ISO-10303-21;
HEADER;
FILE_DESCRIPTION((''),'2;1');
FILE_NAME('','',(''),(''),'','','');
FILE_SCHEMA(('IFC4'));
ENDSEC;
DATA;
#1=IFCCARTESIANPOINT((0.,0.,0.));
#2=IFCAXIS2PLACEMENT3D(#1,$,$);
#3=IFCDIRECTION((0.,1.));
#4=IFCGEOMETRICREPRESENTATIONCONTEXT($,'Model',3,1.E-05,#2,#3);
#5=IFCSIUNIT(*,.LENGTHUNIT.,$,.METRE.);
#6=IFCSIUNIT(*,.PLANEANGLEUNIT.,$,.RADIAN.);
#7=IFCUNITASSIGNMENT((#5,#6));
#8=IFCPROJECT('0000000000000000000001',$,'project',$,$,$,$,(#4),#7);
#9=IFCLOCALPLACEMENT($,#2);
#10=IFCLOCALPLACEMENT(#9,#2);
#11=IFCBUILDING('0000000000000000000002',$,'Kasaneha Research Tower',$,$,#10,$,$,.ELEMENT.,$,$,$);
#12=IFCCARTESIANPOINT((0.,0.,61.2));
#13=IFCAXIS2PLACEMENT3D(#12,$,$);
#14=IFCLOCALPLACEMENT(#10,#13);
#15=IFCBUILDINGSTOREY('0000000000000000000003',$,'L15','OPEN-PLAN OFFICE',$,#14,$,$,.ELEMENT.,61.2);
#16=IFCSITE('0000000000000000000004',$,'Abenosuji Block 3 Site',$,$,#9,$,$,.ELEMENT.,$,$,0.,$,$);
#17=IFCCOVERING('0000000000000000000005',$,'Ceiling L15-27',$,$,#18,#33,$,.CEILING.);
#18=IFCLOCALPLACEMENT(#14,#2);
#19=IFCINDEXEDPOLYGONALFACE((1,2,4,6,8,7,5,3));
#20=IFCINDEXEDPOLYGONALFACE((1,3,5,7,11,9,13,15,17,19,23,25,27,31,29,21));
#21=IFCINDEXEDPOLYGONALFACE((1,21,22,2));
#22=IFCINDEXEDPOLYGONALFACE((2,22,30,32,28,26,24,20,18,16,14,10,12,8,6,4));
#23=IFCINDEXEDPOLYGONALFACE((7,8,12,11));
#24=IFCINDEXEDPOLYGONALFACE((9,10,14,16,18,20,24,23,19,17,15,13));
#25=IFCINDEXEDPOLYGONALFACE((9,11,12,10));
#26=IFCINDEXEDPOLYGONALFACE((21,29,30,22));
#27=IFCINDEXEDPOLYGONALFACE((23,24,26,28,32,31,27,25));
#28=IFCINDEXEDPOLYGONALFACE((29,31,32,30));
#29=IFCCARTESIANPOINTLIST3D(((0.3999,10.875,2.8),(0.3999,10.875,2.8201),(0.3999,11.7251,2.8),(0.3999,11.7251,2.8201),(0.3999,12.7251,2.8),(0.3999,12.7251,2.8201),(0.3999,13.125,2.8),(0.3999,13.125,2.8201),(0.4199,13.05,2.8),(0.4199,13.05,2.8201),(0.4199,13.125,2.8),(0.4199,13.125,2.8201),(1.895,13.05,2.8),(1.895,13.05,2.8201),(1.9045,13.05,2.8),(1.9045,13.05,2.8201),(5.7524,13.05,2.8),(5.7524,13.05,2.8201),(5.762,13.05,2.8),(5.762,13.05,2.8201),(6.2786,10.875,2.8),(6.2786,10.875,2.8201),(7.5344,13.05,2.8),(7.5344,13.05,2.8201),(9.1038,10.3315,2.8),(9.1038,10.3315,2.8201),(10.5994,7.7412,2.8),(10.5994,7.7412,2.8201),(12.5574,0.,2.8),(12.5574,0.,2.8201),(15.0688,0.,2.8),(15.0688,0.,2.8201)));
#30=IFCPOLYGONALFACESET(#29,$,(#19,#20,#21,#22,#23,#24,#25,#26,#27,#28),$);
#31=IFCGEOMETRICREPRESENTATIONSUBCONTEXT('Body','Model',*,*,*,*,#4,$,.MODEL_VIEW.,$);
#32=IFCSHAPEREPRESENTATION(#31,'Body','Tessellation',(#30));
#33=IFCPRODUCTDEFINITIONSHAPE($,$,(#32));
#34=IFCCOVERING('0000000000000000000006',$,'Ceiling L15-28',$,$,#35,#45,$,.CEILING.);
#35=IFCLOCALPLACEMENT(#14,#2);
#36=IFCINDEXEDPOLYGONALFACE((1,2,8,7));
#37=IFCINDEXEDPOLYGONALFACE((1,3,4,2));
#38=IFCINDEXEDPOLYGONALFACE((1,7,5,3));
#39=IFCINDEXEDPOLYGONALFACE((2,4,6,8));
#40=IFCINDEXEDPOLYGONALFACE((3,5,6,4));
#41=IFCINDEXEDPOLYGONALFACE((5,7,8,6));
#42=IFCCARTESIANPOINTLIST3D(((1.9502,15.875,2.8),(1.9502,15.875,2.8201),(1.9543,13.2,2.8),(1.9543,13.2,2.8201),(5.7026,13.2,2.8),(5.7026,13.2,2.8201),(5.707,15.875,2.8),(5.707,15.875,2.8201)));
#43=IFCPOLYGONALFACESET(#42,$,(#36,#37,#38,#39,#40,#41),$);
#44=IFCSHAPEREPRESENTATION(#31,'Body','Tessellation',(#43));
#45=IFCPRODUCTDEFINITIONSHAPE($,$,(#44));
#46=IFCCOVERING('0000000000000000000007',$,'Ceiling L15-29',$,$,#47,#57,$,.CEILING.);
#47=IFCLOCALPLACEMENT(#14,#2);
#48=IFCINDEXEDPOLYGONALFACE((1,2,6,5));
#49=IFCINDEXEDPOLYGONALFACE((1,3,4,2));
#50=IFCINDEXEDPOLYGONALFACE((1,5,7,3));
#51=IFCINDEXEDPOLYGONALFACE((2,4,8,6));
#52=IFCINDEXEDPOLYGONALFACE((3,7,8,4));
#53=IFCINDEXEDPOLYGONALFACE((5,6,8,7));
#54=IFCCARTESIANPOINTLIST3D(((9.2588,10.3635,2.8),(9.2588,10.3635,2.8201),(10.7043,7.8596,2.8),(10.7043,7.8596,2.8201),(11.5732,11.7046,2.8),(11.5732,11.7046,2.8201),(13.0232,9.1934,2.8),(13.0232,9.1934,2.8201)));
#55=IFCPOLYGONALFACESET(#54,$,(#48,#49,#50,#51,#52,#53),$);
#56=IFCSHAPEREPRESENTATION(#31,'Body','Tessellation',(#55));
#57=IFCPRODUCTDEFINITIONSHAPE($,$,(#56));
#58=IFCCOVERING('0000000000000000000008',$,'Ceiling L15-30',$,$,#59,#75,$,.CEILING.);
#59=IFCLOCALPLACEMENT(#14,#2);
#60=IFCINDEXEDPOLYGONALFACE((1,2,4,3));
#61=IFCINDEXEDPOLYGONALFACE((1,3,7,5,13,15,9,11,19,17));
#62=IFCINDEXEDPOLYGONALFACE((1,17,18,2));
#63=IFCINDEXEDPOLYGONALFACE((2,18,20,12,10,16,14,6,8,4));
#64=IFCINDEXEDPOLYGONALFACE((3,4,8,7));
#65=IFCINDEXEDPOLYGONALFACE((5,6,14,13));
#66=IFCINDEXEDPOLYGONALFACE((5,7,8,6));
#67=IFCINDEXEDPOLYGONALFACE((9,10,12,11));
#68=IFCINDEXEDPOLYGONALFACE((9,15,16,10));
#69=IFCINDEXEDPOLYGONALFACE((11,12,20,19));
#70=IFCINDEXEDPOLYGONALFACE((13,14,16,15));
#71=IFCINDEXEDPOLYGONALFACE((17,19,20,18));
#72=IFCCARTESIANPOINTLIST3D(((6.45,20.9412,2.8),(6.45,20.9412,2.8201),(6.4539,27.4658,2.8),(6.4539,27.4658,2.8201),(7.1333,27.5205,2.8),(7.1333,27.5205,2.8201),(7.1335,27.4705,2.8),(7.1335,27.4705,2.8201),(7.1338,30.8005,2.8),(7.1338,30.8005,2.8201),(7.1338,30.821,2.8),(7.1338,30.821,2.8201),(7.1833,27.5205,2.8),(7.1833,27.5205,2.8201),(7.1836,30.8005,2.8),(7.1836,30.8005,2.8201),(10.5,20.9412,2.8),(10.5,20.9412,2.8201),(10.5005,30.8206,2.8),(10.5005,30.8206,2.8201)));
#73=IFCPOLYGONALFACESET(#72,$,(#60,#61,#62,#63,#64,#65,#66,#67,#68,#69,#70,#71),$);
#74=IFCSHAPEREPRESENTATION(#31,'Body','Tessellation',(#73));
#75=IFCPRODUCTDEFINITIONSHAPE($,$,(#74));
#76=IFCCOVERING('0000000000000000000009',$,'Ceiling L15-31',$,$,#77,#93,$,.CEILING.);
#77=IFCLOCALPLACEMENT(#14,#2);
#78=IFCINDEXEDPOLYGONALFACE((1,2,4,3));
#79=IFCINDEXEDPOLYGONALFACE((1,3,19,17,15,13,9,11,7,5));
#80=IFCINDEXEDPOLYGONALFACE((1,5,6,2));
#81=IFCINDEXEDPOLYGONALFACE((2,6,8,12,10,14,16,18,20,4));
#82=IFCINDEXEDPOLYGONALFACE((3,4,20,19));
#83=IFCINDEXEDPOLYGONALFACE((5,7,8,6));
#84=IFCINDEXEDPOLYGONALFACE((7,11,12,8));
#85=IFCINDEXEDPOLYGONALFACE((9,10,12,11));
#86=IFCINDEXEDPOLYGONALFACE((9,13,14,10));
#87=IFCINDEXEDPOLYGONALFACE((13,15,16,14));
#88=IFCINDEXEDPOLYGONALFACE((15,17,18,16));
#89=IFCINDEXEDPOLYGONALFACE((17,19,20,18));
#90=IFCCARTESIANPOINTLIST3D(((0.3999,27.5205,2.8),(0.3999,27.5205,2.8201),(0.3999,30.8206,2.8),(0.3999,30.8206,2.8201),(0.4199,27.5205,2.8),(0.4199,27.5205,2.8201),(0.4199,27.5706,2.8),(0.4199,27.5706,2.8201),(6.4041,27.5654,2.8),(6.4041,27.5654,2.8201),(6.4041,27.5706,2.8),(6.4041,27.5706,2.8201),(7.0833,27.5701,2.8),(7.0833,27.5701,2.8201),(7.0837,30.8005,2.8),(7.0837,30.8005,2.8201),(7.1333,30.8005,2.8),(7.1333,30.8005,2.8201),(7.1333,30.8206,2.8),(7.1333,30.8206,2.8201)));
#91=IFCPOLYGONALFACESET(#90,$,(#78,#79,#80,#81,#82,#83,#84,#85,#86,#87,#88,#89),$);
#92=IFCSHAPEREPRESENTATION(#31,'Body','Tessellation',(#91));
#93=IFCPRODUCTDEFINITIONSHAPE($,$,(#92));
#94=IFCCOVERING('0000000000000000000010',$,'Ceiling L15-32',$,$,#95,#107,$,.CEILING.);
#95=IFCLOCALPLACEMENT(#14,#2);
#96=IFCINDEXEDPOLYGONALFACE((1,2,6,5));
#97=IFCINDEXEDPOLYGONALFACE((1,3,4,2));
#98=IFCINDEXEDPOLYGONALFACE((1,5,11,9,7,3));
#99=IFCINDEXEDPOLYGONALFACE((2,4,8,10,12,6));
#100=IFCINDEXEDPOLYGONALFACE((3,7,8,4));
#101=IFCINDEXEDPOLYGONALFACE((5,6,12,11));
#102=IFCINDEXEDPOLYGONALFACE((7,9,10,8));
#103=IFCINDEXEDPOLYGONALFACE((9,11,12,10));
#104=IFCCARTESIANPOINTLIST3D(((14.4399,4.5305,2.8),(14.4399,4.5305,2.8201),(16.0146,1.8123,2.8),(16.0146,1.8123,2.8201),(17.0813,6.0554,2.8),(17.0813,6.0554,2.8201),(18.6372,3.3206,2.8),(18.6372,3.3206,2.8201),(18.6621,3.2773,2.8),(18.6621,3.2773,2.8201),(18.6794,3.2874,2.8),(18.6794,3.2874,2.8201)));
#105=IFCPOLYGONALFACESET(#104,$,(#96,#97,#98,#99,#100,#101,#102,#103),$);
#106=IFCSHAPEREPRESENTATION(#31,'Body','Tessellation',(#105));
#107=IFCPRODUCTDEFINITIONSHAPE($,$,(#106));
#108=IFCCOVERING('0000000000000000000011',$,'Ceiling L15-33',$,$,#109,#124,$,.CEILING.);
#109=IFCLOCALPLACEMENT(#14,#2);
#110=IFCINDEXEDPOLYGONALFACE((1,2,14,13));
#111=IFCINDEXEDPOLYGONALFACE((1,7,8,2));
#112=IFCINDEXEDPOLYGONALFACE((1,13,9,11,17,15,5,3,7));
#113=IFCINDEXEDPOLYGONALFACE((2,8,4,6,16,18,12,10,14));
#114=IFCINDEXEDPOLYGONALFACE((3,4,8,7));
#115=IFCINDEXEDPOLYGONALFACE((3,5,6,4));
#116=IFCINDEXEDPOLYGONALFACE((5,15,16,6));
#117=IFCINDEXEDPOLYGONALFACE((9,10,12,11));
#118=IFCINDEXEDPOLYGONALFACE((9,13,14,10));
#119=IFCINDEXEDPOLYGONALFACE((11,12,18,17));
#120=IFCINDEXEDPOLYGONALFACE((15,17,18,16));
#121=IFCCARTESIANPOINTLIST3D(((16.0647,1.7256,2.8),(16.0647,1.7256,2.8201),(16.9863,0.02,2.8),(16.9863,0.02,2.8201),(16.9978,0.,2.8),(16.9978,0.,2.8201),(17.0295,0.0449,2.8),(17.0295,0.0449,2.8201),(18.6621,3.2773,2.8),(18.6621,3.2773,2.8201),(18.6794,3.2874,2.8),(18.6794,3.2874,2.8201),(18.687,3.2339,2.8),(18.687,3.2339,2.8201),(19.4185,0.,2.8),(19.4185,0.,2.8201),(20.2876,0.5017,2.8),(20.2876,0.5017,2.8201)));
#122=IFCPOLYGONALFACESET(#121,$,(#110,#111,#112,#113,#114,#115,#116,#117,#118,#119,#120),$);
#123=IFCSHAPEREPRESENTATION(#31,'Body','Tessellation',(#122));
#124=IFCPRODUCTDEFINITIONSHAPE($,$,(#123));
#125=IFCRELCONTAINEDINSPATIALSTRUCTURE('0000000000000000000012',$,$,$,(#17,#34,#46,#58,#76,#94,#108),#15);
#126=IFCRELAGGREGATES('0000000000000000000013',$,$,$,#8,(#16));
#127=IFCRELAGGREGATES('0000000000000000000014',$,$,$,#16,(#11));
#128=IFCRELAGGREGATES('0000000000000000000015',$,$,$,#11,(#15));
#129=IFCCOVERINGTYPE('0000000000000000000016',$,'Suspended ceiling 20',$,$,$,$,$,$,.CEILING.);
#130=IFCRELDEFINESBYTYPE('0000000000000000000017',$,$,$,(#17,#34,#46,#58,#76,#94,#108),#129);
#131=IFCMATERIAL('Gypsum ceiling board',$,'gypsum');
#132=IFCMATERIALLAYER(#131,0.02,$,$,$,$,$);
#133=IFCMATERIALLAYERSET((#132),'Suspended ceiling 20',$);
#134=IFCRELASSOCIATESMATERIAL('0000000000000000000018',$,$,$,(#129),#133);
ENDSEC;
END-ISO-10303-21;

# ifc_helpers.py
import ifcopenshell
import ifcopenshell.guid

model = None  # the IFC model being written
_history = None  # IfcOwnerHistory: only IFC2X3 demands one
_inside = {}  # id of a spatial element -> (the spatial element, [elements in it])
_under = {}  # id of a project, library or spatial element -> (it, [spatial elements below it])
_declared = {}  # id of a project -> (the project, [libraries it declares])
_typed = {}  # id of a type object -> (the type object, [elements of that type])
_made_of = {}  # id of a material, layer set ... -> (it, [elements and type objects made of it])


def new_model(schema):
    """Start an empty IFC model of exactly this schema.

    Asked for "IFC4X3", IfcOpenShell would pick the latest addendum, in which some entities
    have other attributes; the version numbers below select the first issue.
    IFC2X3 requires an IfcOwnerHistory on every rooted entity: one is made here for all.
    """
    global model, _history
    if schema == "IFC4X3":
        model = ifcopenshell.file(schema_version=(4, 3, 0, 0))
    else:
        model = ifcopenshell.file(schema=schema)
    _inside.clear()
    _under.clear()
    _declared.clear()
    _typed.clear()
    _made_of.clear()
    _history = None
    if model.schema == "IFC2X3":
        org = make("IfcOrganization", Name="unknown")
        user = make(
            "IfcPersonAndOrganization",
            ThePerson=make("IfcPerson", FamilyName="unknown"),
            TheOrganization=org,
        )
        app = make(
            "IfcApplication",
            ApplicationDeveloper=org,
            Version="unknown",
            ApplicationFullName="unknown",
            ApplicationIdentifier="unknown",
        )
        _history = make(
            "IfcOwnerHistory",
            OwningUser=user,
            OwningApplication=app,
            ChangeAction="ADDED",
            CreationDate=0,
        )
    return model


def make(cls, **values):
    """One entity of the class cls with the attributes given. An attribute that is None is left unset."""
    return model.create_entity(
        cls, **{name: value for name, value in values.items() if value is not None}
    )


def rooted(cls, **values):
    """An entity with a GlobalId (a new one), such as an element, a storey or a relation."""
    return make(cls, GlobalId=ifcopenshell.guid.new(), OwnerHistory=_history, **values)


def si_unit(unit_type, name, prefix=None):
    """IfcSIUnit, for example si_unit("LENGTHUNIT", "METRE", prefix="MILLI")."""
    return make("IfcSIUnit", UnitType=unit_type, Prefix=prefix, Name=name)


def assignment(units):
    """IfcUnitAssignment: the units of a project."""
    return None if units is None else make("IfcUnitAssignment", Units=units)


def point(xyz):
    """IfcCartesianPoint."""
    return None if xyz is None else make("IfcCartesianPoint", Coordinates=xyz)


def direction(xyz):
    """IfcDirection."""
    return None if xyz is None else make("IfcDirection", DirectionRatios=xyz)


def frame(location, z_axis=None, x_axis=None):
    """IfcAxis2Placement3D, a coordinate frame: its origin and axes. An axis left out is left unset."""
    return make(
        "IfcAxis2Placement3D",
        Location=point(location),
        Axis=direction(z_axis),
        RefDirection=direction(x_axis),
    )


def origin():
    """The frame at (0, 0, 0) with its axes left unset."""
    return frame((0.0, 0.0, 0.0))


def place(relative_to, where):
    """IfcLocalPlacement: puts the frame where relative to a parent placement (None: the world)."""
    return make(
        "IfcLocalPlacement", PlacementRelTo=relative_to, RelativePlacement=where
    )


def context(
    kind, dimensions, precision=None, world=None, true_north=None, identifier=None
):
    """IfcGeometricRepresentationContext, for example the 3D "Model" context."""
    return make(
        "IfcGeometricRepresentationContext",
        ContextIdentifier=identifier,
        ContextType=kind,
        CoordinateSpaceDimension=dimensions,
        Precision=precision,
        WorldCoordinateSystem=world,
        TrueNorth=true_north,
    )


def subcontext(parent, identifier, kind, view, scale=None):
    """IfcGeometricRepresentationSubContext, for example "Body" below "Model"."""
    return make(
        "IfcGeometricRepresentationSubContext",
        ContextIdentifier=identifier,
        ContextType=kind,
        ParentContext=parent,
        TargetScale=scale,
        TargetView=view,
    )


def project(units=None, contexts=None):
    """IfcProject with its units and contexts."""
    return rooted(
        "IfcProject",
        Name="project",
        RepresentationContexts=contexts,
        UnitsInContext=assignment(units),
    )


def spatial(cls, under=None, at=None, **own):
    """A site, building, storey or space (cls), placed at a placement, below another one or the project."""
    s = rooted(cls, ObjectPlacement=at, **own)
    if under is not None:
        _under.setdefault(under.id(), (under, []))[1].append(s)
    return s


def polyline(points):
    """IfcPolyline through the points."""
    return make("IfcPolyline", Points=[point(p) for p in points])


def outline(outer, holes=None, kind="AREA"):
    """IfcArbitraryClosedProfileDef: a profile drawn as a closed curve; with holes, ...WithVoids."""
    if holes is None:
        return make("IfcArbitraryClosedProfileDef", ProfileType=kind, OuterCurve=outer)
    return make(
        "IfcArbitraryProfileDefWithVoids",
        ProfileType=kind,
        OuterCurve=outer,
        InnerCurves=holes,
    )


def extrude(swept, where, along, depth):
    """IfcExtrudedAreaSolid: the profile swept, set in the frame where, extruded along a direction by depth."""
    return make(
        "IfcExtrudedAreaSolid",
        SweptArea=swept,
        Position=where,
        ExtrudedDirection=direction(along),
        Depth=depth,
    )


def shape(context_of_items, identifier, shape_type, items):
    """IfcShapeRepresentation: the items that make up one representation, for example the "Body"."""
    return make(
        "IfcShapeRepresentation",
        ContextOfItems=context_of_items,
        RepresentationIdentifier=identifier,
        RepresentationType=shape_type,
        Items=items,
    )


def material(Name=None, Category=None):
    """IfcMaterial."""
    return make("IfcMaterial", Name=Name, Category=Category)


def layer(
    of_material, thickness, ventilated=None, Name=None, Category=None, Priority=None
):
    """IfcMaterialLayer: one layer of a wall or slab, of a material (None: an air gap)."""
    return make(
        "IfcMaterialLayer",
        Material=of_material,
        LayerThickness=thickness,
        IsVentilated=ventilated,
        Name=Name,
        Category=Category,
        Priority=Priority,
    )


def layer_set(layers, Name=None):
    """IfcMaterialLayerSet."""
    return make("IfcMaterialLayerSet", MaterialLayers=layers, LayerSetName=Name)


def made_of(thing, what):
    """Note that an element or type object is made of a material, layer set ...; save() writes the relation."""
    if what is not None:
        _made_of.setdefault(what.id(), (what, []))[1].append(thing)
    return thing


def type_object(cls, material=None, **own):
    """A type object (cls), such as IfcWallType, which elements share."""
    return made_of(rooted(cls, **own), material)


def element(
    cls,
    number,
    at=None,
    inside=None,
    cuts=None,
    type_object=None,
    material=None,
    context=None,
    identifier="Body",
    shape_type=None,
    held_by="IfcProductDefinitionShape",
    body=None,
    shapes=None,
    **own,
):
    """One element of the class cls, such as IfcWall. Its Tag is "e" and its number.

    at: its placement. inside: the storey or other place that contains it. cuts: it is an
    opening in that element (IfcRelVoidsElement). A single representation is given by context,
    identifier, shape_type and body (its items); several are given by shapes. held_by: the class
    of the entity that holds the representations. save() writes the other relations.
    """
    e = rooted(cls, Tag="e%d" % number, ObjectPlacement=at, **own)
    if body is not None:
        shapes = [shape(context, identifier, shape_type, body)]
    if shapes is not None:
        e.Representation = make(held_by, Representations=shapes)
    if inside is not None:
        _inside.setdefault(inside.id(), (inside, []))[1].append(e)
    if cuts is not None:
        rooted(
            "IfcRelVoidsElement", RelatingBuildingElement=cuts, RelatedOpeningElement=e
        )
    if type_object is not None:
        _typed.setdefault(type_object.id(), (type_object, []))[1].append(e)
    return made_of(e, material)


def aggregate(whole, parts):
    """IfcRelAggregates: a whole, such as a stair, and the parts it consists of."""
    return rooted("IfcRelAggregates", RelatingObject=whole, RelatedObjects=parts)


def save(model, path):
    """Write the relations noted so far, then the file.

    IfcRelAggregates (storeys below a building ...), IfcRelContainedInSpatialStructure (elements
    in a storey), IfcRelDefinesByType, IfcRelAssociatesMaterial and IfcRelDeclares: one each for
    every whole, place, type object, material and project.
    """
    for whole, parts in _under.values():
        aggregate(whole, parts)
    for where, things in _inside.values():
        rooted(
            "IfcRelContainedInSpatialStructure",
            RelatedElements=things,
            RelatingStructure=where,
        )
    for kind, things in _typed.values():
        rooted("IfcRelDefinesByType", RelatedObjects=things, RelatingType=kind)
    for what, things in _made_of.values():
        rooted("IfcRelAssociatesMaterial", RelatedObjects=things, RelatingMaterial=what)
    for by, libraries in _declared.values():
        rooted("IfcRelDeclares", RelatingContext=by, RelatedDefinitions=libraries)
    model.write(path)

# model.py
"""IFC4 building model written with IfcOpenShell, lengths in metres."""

from ifc_helpers import new_model, si_unit, direction, frame, origin, place, context, subcontext, project, spatial, polyline, outline, extrude, material, layer, layer_set, type_object, element, save


model = new_model("IFC4")

# Units and contexts
model_context = context("Model", 3, precision=1e-05, world=origin(), true_north=direction((0.0, 1.0)))
body_context = subcontext(model_context, "Body", "Model", "MODEL_VIEW")
ifc_project = project(units=[si_unit("LENGTHUNIT", "METRE"), si_unit("PLANEANGLEUNIT", "RADIAN")], contexts=[model_context])

# Site, building, storey
site_placement = place(None, origin())
site = spatial("IfcSite", under=ifc_project, at=site_placement, Name="Abenosuji Block 3 Site", CompositionType="ELEMENT", RefElevation=0.0)
building_placement = place(site_placement, origin())
building = spatial("IfcBuilding", under=site, at=building_placement, Name="Kasaneha Research Tower", CompositionType="ELEMENT")
storey_placement = place(building_placement, frame((0.0, 0.0, 61.2)))
storey = spatial("IfcBuildingStorey", under=building, at=storey_placement, Name="L15", Description="OPEN-PLAN OFFICE", CompositionType="ELEMENT", Elevation=61.2)

# Coverings
ifc_material_1 = material(Name="Gypsum ceiling board", Category="gypsum")
ifc_layer_1 = layer(ifc_material_1, 0.02)
ifc_layer_set_1 = layer_set([ifc_layer_1], Name="Suspended ceiling 20")
covering_type_1 = type_object("IfcCoveringType", Name="Suspended ceiling 20", PredefinedType="CEILING", material=ifc_layer_set_1)
covering_1_placement = place(storey_placement, frame((0.0, 0.0, 2.8)))
element("IfcCovering", 1, at=covering_1_placement, inside=storey, type_object=covering_type_1, Name="Ceiling L15-27", PredefinedType="CEILING", context=body_context, shape_type="SweptSolid", body=[
    extrude(outline(polyline([(6.2786, 10.875), (0.3999, 10.875), (0.3999, 11.7251), (0.3999, 12.7251), (0.3999, 13.125), (0.4199, 13.125), (0.4199, 13.05), (1.895, 13.05), (1.9045, 13.05), (5.7524, 13.05), (5.762, 13.05), (7.5344, 13.05), (9.1038, 10.3315), (9.1038, 10.3315), (10.5994, 7.7412), (10.5994, 7.7412), (15.0688, 0.0), (12.5574, 0.0), (6.2786, 10.875)])), origin(), (0.0, 0.0, 1.0), 0.02),
])
covering_2_placement = place(storey_placement, frame((0.0, 0.0, 2.8)))
element("IfcCovering", 2, at=covering_2_placement, inside=storey, type_object=covering_type_1, Name="Ceiling L15-28", PredefinedType="CEILING", context=body_context, shape_type="SweptSolid", body=[
    extrude(outline(polyline([(1.9543, 13.2), (1.9502, 15.875), (5.707, 15.875), (5.7026, 13.2), (1.9543, 13.2)])), origin(), (0.0, 0.0, 1.0), 0.02),
])
covering_3_placement = place(storey_placement, frame((0.0, 0.0, 2.8)))
element("IfcCovering", 3, at=covering_3_placement, inside=storey, type_object=covering_type_1, Name="Ceiling L15-29", PredefinedType="CEILING", context=body_context, shape_type="SweptSolid", body=[
    extrude(outline(polyline([(11.5732, 11.7046), (13.0232, 9.1934), (10.7043, 7.8596), (9.2588, 10.3635), (11.5732, 11.7046)])), origin(), (0.0, 0.0, 1.0), 0.02),
])
covering_4_placement = place(storey_placement, frame((0.0, 0.0, 2.8)))
element("IfcCovering", 4, at=covering_4_placement, inside=storey, type_object=covering_type_1, Name="Ceiling L15-30", PredefinedType="CEILING", context=body_context, shape_type="SweptSolid", body=[
    extrude(outline(polyline([(7.1338, 30.821), (10.5005, 30.8206), (10.5, 20.8911), (10.5, 20.9412), (6.45, 20.9412), (6.4539, 27.4658), (7.1335, 27.4705), (7.1333, 27.5205), (7.1833, 27.5205), (7.1836, 30.8005), (7.1338, 30.8005), (7.1338, 30.821)])), origin(), (0.0, 0.0, 1.0), 0.02),
])
covering_5_placement = place(storey_placement, frame((0.0, 0.0, 2.8)))
element("IfcCovering", 5, at=covering_5_placement, inside=storey, type_object=covering_type_1, Name="Ceiling L15-31", PredefinedType="CEILING", context=body_context, shape_type="SweptSolid", body=[
    extrude(outline(polyline([(7.1333, 30.8206), (7.1333, 30.8005), (7.0837, 30.8005), (7.0833, 27.5701), (6.4041, 27.5654), (6.4041, 27.5706), (0.4199, 27.5706), (0.4199, 27.5205), (0.3999, 27.5205), (0.3999, 30.8206), (7.1333, 30.8206)])), origin(), (0.0, 0.0, 1.0), 0.02),
])
covering_6_placement = place(storey_placement, frame((0.0, 0.0, 2.8)))
element("IfcCovering", 6, at=covering_6_placement, inside=storey, type_object=covering_type_1, Name="Ceiling L15-32", PredefinedType="CEILING", context=body_context, shape_type="SweptSolid", body=[
    extrude(outline(polyline([(18.6794, 3.2874), (18.6621, 3.2773), (18.6372, 3.3206), (16.0146, 1.8123), (14.4399, 4.5305), (17.0813, 6.0554), (17.0562, 6.0989), (17.0562, 6.0989), (18.6794, 3.2874)])), origin(), (0.0, 0.0, 1.0), 0.02),
])
covering_7_placement = place(storey_placement, frame((0.0, 0.0, 2.8)))
element("IfcCovering", 7, at=covering_7_placement, inside=storey, type_object=covering_type_1, Name="Ceiling L15-33", PredefinedType="CEILING", context=body_context, shape_type="SweptSolid", body=[
    extrude(outline(polyline([(20.2876, 0.5017), (19.4185, 0.0), (16.9978, 0.0), (16.9863, 0.02), (17.0295, 0.0449), (16.0647, 1.7256), (18.687, 3.2339), (18.6621, 3.2773), (18.6794, 3.2874), (20.2876, 0.5017)])), origin(), (0.0, 0.0, 1.0), 0.02),
])

save(model, "model.ifc")
